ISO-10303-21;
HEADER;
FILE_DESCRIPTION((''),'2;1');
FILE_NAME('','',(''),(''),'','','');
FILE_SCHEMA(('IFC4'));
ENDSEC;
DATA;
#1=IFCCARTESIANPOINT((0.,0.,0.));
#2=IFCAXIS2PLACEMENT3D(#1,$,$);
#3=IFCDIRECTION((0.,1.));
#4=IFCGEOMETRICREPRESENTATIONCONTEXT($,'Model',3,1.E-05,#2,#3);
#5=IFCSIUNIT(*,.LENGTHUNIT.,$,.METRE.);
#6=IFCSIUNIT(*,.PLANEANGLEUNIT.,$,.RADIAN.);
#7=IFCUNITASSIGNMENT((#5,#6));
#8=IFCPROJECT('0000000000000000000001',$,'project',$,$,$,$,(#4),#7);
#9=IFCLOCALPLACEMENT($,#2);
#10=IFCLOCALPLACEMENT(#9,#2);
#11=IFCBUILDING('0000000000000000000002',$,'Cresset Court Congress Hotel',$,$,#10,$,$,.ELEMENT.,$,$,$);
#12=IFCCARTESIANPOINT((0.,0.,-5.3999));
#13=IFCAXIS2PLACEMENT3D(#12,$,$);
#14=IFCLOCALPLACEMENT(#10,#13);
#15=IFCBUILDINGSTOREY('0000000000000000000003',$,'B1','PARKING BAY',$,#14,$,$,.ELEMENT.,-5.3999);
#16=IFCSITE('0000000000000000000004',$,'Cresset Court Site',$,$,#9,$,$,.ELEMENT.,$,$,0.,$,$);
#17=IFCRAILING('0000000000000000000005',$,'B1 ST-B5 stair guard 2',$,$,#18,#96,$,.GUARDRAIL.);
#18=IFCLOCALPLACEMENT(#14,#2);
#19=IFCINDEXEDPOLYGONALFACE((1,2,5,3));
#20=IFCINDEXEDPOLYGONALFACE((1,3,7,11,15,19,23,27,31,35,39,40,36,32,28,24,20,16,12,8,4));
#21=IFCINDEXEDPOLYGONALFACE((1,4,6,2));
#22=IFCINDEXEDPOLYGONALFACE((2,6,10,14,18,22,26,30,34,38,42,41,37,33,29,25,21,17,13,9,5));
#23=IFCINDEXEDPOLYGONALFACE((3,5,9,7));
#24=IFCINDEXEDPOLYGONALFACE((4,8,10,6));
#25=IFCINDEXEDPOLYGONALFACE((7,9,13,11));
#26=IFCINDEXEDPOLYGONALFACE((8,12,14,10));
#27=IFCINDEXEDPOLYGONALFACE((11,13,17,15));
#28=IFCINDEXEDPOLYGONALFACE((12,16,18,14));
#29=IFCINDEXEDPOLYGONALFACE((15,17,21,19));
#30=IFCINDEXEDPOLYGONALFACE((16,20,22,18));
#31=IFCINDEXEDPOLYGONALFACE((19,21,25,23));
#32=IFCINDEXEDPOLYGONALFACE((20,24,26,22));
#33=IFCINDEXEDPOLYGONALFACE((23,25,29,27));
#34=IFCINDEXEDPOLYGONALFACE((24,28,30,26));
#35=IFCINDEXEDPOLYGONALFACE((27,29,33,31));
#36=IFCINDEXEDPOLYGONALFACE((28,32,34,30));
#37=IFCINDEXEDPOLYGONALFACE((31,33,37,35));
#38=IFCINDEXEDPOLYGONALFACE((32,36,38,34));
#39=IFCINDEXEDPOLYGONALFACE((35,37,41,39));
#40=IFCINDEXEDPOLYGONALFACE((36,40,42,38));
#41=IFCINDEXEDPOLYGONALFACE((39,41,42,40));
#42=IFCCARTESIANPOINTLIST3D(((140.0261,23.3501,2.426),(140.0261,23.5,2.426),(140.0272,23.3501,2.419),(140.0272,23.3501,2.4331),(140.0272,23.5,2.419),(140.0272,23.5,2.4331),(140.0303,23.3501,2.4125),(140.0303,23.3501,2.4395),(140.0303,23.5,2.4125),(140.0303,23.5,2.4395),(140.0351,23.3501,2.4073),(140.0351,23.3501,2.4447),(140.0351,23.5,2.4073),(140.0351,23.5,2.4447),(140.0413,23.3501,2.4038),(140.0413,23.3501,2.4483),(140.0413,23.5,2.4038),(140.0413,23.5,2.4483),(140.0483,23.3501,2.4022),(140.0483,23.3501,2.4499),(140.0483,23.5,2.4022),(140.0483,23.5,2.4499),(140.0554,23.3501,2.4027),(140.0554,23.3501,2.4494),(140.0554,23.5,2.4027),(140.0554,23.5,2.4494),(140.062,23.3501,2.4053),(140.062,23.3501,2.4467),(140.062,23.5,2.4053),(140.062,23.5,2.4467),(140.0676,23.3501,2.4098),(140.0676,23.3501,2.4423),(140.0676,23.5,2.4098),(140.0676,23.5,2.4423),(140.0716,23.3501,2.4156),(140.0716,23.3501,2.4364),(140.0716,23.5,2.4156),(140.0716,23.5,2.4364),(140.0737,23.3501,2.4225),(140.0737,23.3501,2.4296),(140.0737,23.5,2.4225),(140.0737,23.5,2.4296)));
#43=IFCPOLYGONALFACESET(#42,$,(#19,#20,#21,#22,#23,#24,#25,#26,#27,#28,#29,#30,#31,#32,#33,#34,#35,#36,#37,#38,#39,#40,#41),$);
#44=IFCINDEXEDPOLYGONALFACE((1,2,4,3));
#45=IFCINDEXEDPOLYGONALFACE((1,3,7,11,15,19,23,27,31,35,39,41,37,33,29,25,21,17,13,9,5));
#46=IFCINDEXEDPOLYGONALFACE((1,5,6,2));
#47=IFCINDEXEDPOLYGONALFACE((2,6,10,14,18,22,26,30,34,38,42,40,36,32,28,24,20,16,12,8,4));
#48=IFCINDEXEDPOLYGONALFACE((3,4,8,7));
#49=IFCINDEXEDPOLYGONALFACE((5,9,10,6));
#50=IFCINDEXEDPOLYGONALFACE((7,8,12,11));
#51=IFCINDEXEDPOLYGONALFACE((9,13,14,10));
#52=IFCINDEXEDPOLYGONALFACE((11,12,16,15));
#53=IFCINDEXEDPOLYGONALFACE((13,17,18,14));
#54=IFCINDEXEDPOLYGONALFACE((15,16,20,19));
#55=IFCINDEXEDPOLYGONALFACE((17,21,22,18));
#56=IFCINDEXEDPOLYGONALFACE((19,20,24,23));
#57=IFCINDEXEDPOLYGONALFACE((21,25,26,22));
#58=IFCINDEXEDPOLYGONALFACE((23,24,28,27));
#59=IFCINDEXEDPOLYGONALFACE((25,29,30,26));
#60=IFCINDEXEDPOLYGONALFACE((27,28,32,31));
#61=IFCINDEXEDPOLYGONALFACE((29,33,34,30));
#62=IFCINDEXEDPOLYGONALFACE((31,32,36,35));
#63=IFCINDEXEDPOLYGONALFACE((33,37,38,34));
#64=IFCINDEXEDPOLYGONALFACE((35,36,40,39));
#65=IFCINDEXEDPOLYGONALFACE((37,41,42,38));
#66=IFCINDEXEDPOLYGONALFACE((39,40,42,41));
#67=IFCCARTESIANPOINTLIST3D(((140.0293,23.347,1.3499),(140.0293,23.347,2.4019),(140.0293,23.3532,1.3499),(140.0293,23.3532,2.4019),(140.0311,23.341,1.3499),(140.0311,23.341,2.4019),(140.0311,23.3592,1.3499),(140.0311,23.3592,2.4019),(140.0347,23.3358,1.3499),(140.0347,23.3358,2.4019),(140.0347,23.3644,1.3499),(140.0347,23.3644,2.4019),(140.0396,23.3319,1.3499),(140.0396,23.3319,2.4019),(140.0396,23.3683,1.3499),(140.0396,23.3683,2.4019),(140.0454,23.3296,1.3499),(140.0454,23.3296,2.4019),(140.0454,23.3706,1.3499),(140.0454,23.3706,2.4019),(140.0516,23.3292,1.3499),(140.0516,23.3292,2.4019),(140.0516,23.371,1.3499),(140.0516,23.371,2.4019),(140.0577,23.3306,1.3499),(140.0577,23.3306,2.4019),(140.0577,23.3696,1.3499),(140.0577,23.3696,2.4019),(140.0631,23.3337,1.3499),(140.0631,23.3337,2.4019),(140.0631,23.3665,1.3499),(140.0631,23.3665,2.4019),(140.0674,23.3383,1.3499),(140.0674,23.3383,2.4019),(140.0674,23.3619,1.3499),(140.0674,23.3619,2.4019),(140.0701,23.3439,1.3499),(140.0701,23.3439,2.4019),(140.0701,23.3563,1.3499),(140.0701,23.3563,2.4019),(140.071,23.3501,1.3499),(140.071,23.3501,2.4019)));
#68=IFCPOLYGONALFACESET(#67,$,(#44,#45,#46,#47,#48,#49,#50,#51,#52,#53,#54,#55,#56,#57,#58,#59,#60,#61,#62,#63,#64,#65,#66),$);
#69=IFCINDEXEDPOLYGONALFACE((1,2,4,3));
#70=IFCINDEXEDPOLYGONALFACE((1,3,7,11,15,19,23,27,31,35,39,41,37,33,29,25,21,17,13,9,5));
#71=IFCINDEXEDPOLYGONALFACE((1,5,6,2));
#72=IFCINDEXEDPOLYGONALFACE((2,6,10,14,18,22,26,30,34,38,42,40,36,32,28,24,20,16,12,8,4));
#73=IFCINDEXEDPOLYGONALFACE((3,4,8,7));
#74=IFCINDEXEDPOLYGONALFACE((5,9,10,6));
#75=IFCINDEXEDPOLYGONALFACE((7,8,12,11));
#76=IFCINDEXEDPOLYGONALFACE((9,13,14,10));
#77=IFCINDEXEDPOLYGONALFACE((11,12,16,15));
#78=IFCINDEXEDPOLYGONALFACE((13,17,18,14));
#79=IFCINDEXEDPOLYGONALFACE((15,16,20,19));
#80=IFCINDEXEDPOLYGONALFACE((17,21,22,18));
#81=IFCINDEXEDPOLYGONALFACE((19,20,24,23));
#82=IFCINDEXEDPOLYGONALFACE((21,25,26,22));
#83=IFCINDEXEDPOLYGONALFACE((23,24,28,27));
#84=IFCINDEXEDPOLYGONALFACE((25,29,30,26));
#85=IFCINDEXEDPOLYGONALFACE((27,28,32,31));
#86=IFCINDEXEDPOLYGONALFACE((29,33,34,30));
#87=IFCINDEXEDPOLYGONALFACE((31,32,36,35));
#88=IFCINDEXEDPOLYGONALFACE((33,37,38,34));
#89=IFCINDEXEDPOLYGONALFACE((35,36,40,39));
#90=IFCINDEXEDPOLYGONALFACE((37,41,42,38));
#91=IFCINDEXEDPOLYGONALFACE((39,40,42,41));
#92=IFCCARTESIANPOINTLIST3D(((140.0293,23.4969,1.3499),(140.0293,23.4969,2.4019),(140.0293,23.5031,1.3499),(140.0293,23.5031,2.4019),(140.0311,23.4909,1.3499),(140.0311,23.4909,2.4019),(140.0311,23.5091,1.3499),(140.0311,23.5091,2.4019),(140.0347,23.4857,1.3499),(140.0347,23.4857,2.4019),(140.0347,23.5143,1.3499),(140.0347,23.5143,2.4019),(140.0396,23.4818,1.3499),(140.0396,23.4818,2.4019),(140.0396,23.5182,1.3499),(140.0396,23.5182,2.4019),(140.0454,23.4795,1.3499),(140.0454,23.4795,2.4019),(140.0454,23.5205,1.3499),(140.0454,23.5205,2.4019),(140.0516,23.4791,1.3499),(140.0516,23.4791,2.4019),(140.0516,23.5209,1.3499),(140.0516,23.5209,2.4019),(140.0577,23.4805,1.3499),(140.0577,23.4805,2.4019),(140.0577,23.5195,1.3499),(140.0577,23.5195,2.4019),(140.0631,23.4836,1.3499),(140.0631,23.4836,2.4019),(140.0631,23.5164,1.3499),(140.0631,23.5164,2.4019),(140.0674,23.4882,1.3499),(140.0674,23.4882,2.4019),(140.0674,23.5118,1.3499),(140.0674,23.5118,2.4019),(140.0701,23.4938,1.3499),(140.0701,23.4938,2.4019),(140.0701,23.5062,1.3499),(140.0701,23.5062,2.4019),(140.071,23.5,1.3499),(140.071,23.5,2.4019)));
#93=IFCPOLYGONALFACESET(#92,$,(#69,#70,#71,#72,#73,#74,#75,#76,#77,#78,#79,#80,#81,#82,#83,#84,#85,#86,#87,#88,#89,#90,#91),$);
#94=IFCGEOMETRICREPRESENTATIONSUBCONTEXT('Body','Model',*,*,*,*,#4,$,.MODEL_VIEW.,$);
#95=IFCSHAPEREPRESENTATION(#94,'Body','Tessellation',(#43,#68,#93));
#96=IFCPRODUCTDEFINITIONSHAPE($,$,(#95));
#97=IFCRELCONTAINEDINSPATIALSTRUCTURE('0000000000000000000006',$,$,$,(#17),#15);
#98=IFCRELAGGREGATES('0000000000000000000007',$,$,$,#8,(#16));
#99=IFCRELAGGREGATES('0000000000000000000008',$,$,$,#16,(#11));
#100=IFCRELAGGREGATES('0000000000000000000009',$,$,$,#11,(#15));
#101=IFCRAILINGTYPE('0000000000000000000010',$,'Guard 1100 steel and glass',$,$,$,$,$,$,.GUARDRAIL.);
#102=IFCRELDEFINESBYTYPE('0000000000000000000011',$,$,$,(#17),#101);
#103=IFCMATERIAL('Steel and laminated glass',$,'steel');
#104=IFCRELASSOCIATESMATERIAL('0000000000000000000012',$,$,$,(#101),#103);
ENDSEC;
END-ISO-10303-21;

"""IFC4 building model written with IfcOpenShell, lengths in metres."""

from ifc_helpers import new_model, si_unit, direction, frame, origin, origin_2d, place, context, subcontext, project, spatial, circle, extrude, material, type_object, element, save


model = new_model("IFC4")

# Units and contexts
model_context = context("Model", 3, precision=1e-05, world=origin(), true_north=direction((0.0, 1.0)))
body_context = subcontext(model_context, "Body", "Model", "MODEL_VIEW")
ifc_project = project(units=[si_unit("LENGTHUNIT", "METRE"), si_unit("PLANEANGLEUNIT", "RADIAN")], contexts=[model_context])

# Site, building, storey
site_placement = place(None, origin())
site = spatial("IfcSite", under=ifc_project, at=site_placement, Name="Cresset Court Site", CompositionType="ELEMENT", RefElevation=0.0)
building_placement = place(site_placement, origin())
building = spatial("IfcBuilding", under=site, at=building_placement, Name="Cresset Court Congress Hotel", CompositionType="ELEMENT")
storey_placement = place(building_placement, frame((0.0, 0.0, -5.3999)))
storey = spatial("IfcBuildingStorey", under=building, at=storey_placement, Name="B1", Description="PARKING BAY", CompositionType="ELEMENT", Elevation=-5.3999)

# Railing
ifc_material_1 = material(Name="Steel and laminated glass", Category="steel")
railing_type_1 = type_object("IfcRailingType", Name="Guard 1100 steel and glass", PredefinedType="GUARDRAIL", material=ifc_material_1)
railing_1_placement = place(storey_placement, frame((140.05, 23.3501, 1.3499)))
element("IfcRailing", 1, at=railing_1_placement, inside=storey, type_object=railing_type_1, Name="B1 ST-B5 stair guard 2", PredefinedType="GUARDRAIL", context=body_context, shape_type="SweptSolid", body=[
    extrude(circle(Radius=0.0239, at=origin_2d()), frame((0.0, 0.0, 1.0762), z_axis=(0.0, 1.0, 0.0), x_axis=(-1.0, 0.0, 0.0)), (0.0, 0.0, 1.0), 0.1499),
    extrude(circle(Radius=0.021, at=origin_2d()), origin(), (0.0, 0.0, 1.0), 1.052),
    extrude(circle(Radius=0.021, at=origin_2d()), frame((0.0, 0.1499, 0.0)), (0.0, 0.0, 1.0), 1.052),
])

save(model, "model.ifc")
